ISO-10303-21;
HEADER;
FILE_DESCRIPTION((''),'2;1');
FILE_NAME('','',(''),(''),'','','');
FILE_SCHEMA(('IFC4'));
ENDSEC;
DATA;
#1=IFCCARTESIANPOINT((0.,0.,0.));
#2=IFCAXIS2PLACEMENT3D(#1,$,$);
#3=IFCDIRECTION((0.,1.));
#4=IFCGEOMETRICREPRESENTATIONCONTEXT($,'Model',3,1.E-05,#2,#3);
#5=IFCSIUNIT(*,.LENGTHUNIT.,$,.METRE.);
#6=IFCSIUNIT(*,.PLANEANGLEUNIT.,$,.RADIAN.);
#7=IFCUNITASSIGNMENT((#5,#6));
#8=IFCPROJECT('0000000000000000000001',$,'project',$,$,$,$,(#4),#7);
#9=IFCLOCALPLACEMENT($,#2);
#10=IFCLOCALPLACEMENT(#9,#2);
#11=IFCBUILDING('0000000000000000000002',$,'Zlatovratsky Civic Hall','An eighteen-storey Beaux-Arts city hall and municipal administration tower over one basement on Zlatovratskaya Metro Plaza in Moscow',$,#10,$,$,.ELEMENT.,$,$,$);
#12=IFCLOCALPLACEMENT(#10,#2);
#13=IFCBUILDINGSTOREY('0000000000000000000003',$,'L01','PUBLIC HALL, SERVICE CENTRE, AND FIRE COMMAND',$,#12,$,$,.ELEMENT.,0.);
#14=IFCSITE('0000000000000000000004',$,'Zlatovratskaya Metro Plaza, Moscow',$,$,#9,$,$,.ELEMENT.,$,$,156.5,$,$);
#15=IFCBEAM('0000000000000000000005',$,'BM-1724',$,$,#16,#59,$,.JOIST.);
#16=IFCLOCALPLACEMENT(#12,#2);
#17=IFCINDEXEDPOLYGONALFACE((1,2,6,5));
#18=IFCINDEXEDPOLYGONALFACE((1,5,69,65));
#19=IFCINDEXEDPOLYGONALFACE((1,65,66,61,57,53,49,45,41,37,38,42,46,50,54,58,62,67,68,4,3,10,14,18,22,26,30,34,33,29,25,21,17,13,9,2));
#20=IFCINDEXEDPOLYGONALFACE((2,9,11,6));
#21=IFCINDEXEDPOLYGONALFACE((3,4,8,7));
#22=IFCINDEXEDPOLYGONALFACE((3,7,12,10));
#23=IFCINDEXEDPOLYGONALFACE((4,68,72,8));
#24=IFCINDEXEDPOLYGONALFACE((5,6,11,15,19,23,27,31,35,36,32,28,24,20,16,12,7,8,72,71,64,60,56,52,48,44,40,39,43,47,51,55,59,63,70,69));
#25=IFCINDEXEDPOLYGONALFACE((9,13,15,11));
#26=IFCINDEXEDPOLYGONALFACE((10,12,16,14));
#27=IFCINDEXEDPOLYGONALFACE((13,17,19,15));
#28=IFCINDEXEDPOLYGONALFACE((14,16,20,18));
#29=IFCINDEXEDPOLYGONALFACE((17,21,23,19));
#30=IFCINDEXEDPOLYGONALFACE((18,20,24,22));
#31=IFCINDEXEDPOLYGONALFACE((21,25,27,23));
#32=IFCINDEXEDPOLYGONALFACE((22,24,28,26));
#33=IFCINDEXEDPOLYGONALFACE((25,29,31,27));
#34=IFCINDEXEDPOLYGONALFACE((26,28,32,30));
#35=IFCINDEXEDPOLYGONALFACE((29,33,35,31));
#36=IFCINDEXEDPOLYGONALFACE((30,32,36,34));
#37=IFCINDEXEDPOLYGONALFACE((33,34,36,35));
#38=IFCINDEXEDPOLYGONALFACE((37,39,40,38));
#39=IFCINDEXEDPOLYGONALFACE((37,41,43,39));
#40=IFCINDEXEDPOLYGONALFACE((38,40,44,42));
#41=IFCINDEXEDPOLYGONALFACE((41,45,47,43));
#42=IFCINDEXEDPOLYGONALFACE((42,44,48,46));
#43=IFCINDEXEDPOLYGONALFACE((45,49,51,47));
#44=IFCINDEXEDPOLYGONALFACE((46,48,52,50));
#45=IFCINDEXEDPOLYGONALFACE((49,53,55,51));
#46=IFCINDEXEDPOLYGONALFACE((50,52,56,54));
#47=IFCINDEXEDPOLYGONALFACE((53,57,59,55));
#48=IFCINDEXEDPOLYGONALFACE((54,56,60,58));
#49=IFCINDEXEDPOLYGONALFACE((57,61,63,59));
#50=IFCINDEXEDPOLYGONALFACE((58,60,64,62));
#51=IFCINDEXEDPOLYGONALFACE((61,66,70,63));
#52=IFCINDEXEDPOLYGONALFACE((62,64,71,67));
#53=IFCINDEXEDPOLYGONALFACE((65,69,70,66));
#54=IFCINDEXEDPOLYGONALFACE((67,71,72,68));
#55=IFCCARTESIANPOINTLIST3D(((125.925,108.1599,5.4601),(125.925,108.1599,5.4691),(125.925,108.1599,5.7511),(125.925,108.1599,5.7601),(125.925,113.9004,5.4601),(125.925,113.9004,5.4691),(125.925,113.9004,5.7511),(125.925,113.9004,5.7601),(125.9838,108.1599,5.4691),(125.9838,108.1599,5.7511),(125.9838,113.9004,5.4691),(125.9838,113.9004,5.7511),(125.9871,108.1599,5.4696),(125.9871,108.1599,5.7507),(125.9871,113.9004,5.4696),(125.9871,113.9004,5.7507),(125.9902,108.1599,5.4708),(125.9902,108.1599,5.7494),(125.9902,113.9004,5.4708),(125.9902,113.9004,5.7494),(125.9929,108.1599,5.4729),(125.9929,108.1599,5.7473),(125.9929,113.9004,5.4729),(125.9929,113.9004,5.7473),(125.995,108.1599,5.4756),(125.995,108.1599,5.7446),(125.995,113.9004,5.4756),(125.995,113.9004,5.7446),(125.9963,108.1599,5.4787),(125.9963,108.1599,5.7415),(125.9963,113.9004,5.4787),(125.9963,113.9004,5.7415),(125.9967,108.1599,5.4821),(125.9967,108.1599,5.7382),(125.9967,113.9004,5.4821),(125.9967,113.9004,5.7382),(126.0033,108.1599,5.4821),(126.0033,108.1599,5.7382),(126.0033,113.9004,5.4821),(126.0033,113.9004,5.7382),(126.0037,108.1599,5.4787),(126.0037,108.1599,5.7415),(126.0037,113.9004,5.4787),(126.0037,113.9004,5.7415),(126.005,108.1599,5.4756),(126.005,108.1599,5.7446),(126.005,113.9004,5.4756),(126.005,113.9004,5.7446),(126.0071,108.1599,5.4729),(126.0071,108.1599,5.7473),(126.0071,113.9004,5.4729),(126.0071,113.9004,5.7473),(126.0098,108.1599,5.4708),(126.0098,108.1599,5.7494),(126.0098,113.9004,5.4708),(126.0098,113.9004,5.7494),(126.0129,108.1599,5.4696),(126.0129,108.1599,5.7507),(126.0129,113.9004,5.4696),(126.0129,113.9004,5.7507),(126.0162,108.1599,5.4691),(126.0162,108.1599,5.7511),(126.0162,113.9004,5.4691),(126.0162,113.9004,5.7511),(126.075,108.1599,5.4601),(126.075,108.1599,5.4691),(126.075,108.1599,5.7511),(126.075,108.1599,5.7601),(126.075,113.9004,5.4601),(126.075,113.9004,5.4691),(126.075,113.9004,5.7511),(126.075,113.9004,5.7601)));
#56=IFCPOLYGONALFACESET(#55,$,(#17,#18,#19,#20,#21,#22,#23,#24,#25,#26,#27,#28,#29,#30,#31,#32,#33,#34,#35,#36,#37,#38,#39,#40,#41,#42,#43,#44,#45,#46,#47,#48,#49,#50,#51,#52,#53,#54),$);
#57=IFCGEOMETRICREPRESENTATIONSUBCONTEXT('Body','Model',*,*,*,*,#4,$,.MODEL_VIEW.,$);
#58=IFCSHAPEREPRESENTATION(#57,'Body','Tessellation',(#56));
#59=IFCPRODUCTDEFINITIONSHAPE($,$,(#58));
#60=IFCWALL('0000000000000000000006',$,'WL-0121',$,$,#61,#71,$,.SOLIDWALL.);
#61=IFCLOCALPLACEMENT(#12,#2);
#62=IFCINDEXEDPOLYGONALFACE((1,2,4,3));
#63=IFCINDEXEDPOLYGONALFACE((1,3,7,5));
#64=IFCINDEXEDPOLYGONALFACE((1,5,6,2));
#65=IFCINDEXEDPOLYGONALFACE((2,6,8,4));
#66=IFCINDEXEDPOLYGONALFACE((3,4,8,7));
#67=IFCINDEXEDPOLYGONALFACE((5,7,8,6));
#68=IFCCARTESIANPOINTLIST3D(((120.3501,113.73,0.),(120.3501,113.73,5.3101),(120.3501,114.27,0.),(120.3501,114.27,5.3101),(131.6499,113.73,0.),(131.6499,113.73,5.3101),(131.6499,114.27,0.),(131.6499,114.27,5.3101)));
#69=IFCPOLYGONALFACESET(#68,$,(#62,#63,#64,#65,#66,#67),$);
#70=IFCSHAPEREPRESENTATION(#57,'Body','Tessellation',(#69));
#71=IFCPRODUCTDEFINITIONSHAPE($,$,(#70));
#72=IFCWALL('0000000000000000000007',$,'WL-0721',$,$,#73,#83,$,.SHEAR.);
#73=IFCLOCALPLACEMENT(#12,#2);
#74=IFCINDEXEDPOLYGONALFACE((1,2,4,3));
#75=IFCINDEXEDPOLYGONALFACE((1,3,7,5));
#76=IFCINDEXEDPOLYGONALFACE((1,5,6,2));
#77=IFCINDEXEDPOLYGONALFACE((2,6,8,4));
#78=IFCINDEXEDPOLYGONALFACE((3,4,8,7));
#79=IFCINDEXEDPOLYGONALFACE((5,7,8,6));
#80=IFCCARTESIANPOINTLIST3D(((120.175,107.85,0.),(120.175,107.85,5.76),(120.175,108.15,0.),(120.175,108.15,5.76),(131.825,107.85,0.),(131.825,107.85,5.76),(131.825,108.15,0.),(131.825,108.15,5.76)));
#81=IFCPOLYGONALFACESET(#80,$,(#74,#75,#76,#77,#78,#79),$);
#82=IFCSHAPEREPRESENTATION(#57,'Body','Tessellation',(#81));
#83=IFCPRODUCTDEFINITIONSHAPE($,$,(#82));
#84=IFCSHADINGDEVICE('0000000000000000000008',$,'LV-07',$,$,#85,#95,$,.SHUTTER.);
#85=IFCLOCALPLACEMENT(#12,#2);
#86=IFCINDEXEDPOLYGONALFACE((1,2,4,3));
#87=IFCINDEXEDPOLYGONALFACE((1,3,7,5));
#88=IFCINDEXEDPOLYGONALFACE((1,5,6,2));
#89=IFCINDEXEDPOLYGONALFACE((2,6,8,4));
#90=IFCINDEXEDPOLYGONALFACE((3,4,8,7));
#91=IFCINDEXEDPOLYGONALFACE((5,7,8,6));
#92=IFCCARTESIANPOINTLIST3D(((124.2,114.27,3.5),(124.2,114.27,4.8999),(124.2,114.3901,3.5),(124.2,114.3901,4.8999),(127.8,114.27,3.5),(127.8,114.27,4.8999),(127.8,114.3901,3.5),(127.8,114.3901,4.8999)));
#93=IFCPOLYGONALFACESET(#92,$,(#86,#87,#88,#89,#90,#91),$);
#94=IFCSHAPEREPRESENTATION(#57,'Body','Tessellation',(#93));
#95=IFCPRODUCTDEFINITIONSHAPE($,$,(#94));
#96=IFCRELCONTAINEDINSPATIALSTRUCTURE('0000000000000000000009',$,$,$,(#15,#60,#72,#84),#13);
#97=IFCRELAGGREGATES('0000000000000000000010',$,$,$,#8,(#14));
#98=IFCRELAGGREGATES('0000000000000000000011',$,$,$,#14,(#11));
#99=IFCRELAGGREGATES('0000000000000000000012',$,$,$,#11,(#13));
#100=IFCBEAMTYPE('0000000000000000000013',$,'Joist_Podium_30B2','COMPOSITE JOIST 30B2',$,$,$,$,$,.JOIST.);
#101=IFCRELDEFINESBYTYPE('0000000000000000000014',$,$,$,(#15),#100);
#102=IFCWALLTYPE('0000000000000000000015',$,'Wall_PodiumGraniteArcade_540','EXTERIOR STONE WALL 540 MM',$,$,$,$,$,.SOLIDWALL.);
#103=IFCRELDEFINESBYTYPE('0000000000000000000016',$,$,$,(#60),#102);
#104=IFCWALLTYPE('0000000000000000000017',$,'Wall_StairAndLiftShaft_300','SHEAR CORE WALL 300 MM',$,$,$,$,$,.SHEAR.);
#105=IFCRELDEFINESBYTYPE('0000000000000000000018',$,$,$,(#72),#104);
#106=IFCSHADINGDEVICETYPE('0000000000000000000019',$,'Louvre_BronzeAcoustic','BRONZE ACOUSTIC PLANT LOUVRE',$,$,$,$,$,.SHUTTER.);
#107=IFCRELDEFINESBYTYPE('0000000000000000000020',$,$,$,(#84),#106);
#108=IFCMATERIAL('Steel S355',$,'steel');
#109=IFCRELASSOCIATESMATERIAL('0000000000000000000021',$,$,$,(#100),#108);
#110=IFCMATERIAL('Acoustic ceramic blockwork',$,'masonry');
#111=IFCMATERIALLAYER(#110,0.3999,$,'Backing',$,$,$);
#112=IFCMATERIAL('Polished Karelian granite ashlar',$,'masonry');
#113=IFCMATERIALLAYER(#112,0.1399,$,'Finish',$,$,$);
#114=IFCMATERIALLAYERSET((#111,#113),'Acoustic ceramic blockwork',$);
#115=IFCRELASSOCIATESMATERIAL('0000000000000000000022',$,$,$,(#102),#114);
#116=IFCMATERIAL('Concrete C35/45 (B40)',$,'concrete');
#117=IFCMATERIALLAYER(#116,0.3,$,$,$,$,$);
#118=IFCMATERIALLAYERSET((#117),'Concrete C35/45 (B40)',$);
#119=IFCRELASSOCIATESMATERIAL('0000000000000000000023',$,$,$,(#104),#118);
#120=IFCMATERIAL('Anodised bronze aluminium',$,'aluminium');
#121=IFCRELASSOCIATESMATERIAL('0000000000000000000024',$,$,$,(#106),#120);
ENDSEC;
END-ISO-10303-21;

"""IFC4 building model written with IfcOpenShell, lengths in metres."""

from ifc_helpers import new_model, si_unit, direction, frame, frame_2d, origin, origin_2d, place, context, subcontext, project, spatial, rectangle, i_section, extrude, material, layer, layer_set, material_profile, profile_set, type_object, element, save


model = new_model("IFC4")

# Units and contexts
model_context = context("Model", 3, precision=1e-05, world=origin(), true_north=direction((0.0, 1.0)))
body_context = subcontext(model_context, "Body", "Model", "MODEL_VIEW")
ifc_project = project(units=[si_unit("LENGTHUNIT", "METRE"), si_unit("PLANEANGLEUNIT", "RADIAN")], contexts=[model_context])

# Site, building, storey
site_placement = place(None, origin())
site = spatial("IfcSite", under=ifc_project, at=site_placement, Name="Zlatovratskaya Metro Plaza, Moscow", CompositionType="ELEMENT", RefElevation=156.5)
building_placement = place(site_placement, origin())
building = spatial("IfcBuilding", under=site, at=building_placement, Name="Zlatovratsky Civic Hall", Description="An eighteen-storey Beaux-Arts city hall and municipal administration tower over one basement on Zlatovratskaya Metro Plaza in Moscow", CompositionType="ELEMENT")
storey_placement = place(building_placement, origin())
storey = spatial("IfcBuildingStorey", under=building, at=storey_placement, Name="L01", Description="PUBLIC HALL, SERVICE CENTRE, AND FIRE COMMAND", CompositionType="ELEMENT", Elevation=0.0)

# Shared definitions
ifc_material_1 = material(Name="Concrete C35/45 (B40)", Category="concrete")
ifc_material_2 = material(Name="Steel S355", Category="steel")

# Beam
ifc_material_profile_1 = material_profile(ifc_material_2, i_section(OverallWidth=0.1499, OverallDepth=0.3, WebThickness=0.0066, FlangeThickness=0.009, FilletRadius=0.0129, at=origin_2d()), Name="30B2")
ifc_profile_set_1 = profile_set([ifc_material_profile_1], Name="Steel S355")
beam_type_1 = type_object("IfcBeamType", Name="Joist_Podium_30B2", Description="COMPOSITE JOIST 30B2", PredefinedType="JOIST", material=ifc_profile_set_1)
beam_1_placement = place(storey_placement, frame((126.0, 108.1599, 5.6101), z_axis=(0.0, 1.0, 0.0), x_axis=(-1.0, 0.0, 0.0)))
element("IfcBeam", 1, at=beam_1_placement, inside=storey, type_object=beam_type_1, Name="BM-1724", PredefinedType="JOIST", context=body_context, shape_type="SweptSolid", body=[
    extrude(i_section(OverallWidth=0.1499, OverallDepth=0.3, WebThickness=0.0066, FlangeThickness=0.009, FilletRadius=0.0129, at=origin_2d()), origin(), (0.0, 0.0, 1.0), 5.7405),
])

# Walls
ifc_material_3 = material(Name="Acoustic ceramic blockwork", Category="masonry")
ifc_layer_1 = layer(ifc_material_3, 0.3999, Name="Backing")
ifc_material_4 = material(Name="Polished Karelian granite ashlar", Category="masonry")
ifc_layer_2 = layer(ifc_material_4, 0.1399, Name="Finish")
ifc_layer_set_1 = layer_set([ifc_layer_1, ifc_layer_2], Name="Acoustic ceramic blockwork")
wall_type_1 = type_object("IfcWallType", Name="Wall_PodiumGraniteArcade_540", Description="EXTERIOR STONE WALL 540 MM", PredefinedType="SOLIDWALL", material=ifc_layer_set_1)
wall_1_placement = place(storey_placement, frame((120.3501, 114.0, 0.0), z_axis=(0.0, 0.0, 1.0), x_axis=(1.0, 0.0, 0.0)))
element("IfcWall", 2, at=wall_1_placement, inside=storey, type_object=wall_type_1, Name="WL-0121", PredefinedType="SOLIDWALL", context=body_context, shape_type="SweptSolid", body=[
    extrude(rectangle(XDim=11.2998, YDim=0.54, at=frame_2d((5.6499, 0.0))), origin(), (0.0, 0.0, 1.0), 5.3101),
])
ifc_layer_3 = layer(ifc_material_1, 0.3)
ifc_layer_set_2 = layer_set([ifc_layer_3], Name="Concrete C35/45 (B40)")
wall_type_2 = type_object("IfcWallType", Name="Wall_StairAndLiftShaft_300", Description="SHEAR CORE WALL 300 MM", PredefinedType="SHEAR", material=ifc_layer_set_2)
wall_2_placement = place(storey_placement, frame((120.175, 108.0, 0.0), z_axis=(0.0, 0.0, 1.0), x_axis=(1.0, 0.0, 0.0)))
element("IfcWall", 3, at=wall_2_placement, inside=storey, type_object=wall_type_2, Name="WL-0721", PredefinedType="SHEAR", context=body_context, shape_type="SweptSolid", body=[
    extrude(rectangle(XDim=11.6499, YDim=0.3, at=frame_2d((5.825, 0.0))), origin(), (0.0, 0.0, 1.0), 5.76),
])

# Shading device
ifc_material_5 = material(Name="Anodised bronze aluminium", Category="aluminium")
shading_device_type = type_object("IfcShadingDeviceType", Name="Louvre_BronzeAcoustic", Description="BRONZE ACOUSTIC PLANT LOUVRE", PredefinedType="SHUTTER", material=ifc_material_5)
shading_device_placement = place(storey_placement, frame((126.0, 114.3301, 3.5), z_axis=(0.0, 0.0, 1.0), x_axis=(1.0, 0.0, 0.0)))
element("IfcShadingDevice", 4, at=shading_device_placement, inside=storey, type_object=shading_device_type, Name="LV-07", PredefinedType="SHUTTER", context=body_context, shape_type="SweptSolid", body=[
    extrude(rectangle(XDim=3.6001, YDim=0.1201, at=origin_2d()), origin(), (0.0, 0.0, 1.0), 1.3999),
])

save(model, "model.ifc")
